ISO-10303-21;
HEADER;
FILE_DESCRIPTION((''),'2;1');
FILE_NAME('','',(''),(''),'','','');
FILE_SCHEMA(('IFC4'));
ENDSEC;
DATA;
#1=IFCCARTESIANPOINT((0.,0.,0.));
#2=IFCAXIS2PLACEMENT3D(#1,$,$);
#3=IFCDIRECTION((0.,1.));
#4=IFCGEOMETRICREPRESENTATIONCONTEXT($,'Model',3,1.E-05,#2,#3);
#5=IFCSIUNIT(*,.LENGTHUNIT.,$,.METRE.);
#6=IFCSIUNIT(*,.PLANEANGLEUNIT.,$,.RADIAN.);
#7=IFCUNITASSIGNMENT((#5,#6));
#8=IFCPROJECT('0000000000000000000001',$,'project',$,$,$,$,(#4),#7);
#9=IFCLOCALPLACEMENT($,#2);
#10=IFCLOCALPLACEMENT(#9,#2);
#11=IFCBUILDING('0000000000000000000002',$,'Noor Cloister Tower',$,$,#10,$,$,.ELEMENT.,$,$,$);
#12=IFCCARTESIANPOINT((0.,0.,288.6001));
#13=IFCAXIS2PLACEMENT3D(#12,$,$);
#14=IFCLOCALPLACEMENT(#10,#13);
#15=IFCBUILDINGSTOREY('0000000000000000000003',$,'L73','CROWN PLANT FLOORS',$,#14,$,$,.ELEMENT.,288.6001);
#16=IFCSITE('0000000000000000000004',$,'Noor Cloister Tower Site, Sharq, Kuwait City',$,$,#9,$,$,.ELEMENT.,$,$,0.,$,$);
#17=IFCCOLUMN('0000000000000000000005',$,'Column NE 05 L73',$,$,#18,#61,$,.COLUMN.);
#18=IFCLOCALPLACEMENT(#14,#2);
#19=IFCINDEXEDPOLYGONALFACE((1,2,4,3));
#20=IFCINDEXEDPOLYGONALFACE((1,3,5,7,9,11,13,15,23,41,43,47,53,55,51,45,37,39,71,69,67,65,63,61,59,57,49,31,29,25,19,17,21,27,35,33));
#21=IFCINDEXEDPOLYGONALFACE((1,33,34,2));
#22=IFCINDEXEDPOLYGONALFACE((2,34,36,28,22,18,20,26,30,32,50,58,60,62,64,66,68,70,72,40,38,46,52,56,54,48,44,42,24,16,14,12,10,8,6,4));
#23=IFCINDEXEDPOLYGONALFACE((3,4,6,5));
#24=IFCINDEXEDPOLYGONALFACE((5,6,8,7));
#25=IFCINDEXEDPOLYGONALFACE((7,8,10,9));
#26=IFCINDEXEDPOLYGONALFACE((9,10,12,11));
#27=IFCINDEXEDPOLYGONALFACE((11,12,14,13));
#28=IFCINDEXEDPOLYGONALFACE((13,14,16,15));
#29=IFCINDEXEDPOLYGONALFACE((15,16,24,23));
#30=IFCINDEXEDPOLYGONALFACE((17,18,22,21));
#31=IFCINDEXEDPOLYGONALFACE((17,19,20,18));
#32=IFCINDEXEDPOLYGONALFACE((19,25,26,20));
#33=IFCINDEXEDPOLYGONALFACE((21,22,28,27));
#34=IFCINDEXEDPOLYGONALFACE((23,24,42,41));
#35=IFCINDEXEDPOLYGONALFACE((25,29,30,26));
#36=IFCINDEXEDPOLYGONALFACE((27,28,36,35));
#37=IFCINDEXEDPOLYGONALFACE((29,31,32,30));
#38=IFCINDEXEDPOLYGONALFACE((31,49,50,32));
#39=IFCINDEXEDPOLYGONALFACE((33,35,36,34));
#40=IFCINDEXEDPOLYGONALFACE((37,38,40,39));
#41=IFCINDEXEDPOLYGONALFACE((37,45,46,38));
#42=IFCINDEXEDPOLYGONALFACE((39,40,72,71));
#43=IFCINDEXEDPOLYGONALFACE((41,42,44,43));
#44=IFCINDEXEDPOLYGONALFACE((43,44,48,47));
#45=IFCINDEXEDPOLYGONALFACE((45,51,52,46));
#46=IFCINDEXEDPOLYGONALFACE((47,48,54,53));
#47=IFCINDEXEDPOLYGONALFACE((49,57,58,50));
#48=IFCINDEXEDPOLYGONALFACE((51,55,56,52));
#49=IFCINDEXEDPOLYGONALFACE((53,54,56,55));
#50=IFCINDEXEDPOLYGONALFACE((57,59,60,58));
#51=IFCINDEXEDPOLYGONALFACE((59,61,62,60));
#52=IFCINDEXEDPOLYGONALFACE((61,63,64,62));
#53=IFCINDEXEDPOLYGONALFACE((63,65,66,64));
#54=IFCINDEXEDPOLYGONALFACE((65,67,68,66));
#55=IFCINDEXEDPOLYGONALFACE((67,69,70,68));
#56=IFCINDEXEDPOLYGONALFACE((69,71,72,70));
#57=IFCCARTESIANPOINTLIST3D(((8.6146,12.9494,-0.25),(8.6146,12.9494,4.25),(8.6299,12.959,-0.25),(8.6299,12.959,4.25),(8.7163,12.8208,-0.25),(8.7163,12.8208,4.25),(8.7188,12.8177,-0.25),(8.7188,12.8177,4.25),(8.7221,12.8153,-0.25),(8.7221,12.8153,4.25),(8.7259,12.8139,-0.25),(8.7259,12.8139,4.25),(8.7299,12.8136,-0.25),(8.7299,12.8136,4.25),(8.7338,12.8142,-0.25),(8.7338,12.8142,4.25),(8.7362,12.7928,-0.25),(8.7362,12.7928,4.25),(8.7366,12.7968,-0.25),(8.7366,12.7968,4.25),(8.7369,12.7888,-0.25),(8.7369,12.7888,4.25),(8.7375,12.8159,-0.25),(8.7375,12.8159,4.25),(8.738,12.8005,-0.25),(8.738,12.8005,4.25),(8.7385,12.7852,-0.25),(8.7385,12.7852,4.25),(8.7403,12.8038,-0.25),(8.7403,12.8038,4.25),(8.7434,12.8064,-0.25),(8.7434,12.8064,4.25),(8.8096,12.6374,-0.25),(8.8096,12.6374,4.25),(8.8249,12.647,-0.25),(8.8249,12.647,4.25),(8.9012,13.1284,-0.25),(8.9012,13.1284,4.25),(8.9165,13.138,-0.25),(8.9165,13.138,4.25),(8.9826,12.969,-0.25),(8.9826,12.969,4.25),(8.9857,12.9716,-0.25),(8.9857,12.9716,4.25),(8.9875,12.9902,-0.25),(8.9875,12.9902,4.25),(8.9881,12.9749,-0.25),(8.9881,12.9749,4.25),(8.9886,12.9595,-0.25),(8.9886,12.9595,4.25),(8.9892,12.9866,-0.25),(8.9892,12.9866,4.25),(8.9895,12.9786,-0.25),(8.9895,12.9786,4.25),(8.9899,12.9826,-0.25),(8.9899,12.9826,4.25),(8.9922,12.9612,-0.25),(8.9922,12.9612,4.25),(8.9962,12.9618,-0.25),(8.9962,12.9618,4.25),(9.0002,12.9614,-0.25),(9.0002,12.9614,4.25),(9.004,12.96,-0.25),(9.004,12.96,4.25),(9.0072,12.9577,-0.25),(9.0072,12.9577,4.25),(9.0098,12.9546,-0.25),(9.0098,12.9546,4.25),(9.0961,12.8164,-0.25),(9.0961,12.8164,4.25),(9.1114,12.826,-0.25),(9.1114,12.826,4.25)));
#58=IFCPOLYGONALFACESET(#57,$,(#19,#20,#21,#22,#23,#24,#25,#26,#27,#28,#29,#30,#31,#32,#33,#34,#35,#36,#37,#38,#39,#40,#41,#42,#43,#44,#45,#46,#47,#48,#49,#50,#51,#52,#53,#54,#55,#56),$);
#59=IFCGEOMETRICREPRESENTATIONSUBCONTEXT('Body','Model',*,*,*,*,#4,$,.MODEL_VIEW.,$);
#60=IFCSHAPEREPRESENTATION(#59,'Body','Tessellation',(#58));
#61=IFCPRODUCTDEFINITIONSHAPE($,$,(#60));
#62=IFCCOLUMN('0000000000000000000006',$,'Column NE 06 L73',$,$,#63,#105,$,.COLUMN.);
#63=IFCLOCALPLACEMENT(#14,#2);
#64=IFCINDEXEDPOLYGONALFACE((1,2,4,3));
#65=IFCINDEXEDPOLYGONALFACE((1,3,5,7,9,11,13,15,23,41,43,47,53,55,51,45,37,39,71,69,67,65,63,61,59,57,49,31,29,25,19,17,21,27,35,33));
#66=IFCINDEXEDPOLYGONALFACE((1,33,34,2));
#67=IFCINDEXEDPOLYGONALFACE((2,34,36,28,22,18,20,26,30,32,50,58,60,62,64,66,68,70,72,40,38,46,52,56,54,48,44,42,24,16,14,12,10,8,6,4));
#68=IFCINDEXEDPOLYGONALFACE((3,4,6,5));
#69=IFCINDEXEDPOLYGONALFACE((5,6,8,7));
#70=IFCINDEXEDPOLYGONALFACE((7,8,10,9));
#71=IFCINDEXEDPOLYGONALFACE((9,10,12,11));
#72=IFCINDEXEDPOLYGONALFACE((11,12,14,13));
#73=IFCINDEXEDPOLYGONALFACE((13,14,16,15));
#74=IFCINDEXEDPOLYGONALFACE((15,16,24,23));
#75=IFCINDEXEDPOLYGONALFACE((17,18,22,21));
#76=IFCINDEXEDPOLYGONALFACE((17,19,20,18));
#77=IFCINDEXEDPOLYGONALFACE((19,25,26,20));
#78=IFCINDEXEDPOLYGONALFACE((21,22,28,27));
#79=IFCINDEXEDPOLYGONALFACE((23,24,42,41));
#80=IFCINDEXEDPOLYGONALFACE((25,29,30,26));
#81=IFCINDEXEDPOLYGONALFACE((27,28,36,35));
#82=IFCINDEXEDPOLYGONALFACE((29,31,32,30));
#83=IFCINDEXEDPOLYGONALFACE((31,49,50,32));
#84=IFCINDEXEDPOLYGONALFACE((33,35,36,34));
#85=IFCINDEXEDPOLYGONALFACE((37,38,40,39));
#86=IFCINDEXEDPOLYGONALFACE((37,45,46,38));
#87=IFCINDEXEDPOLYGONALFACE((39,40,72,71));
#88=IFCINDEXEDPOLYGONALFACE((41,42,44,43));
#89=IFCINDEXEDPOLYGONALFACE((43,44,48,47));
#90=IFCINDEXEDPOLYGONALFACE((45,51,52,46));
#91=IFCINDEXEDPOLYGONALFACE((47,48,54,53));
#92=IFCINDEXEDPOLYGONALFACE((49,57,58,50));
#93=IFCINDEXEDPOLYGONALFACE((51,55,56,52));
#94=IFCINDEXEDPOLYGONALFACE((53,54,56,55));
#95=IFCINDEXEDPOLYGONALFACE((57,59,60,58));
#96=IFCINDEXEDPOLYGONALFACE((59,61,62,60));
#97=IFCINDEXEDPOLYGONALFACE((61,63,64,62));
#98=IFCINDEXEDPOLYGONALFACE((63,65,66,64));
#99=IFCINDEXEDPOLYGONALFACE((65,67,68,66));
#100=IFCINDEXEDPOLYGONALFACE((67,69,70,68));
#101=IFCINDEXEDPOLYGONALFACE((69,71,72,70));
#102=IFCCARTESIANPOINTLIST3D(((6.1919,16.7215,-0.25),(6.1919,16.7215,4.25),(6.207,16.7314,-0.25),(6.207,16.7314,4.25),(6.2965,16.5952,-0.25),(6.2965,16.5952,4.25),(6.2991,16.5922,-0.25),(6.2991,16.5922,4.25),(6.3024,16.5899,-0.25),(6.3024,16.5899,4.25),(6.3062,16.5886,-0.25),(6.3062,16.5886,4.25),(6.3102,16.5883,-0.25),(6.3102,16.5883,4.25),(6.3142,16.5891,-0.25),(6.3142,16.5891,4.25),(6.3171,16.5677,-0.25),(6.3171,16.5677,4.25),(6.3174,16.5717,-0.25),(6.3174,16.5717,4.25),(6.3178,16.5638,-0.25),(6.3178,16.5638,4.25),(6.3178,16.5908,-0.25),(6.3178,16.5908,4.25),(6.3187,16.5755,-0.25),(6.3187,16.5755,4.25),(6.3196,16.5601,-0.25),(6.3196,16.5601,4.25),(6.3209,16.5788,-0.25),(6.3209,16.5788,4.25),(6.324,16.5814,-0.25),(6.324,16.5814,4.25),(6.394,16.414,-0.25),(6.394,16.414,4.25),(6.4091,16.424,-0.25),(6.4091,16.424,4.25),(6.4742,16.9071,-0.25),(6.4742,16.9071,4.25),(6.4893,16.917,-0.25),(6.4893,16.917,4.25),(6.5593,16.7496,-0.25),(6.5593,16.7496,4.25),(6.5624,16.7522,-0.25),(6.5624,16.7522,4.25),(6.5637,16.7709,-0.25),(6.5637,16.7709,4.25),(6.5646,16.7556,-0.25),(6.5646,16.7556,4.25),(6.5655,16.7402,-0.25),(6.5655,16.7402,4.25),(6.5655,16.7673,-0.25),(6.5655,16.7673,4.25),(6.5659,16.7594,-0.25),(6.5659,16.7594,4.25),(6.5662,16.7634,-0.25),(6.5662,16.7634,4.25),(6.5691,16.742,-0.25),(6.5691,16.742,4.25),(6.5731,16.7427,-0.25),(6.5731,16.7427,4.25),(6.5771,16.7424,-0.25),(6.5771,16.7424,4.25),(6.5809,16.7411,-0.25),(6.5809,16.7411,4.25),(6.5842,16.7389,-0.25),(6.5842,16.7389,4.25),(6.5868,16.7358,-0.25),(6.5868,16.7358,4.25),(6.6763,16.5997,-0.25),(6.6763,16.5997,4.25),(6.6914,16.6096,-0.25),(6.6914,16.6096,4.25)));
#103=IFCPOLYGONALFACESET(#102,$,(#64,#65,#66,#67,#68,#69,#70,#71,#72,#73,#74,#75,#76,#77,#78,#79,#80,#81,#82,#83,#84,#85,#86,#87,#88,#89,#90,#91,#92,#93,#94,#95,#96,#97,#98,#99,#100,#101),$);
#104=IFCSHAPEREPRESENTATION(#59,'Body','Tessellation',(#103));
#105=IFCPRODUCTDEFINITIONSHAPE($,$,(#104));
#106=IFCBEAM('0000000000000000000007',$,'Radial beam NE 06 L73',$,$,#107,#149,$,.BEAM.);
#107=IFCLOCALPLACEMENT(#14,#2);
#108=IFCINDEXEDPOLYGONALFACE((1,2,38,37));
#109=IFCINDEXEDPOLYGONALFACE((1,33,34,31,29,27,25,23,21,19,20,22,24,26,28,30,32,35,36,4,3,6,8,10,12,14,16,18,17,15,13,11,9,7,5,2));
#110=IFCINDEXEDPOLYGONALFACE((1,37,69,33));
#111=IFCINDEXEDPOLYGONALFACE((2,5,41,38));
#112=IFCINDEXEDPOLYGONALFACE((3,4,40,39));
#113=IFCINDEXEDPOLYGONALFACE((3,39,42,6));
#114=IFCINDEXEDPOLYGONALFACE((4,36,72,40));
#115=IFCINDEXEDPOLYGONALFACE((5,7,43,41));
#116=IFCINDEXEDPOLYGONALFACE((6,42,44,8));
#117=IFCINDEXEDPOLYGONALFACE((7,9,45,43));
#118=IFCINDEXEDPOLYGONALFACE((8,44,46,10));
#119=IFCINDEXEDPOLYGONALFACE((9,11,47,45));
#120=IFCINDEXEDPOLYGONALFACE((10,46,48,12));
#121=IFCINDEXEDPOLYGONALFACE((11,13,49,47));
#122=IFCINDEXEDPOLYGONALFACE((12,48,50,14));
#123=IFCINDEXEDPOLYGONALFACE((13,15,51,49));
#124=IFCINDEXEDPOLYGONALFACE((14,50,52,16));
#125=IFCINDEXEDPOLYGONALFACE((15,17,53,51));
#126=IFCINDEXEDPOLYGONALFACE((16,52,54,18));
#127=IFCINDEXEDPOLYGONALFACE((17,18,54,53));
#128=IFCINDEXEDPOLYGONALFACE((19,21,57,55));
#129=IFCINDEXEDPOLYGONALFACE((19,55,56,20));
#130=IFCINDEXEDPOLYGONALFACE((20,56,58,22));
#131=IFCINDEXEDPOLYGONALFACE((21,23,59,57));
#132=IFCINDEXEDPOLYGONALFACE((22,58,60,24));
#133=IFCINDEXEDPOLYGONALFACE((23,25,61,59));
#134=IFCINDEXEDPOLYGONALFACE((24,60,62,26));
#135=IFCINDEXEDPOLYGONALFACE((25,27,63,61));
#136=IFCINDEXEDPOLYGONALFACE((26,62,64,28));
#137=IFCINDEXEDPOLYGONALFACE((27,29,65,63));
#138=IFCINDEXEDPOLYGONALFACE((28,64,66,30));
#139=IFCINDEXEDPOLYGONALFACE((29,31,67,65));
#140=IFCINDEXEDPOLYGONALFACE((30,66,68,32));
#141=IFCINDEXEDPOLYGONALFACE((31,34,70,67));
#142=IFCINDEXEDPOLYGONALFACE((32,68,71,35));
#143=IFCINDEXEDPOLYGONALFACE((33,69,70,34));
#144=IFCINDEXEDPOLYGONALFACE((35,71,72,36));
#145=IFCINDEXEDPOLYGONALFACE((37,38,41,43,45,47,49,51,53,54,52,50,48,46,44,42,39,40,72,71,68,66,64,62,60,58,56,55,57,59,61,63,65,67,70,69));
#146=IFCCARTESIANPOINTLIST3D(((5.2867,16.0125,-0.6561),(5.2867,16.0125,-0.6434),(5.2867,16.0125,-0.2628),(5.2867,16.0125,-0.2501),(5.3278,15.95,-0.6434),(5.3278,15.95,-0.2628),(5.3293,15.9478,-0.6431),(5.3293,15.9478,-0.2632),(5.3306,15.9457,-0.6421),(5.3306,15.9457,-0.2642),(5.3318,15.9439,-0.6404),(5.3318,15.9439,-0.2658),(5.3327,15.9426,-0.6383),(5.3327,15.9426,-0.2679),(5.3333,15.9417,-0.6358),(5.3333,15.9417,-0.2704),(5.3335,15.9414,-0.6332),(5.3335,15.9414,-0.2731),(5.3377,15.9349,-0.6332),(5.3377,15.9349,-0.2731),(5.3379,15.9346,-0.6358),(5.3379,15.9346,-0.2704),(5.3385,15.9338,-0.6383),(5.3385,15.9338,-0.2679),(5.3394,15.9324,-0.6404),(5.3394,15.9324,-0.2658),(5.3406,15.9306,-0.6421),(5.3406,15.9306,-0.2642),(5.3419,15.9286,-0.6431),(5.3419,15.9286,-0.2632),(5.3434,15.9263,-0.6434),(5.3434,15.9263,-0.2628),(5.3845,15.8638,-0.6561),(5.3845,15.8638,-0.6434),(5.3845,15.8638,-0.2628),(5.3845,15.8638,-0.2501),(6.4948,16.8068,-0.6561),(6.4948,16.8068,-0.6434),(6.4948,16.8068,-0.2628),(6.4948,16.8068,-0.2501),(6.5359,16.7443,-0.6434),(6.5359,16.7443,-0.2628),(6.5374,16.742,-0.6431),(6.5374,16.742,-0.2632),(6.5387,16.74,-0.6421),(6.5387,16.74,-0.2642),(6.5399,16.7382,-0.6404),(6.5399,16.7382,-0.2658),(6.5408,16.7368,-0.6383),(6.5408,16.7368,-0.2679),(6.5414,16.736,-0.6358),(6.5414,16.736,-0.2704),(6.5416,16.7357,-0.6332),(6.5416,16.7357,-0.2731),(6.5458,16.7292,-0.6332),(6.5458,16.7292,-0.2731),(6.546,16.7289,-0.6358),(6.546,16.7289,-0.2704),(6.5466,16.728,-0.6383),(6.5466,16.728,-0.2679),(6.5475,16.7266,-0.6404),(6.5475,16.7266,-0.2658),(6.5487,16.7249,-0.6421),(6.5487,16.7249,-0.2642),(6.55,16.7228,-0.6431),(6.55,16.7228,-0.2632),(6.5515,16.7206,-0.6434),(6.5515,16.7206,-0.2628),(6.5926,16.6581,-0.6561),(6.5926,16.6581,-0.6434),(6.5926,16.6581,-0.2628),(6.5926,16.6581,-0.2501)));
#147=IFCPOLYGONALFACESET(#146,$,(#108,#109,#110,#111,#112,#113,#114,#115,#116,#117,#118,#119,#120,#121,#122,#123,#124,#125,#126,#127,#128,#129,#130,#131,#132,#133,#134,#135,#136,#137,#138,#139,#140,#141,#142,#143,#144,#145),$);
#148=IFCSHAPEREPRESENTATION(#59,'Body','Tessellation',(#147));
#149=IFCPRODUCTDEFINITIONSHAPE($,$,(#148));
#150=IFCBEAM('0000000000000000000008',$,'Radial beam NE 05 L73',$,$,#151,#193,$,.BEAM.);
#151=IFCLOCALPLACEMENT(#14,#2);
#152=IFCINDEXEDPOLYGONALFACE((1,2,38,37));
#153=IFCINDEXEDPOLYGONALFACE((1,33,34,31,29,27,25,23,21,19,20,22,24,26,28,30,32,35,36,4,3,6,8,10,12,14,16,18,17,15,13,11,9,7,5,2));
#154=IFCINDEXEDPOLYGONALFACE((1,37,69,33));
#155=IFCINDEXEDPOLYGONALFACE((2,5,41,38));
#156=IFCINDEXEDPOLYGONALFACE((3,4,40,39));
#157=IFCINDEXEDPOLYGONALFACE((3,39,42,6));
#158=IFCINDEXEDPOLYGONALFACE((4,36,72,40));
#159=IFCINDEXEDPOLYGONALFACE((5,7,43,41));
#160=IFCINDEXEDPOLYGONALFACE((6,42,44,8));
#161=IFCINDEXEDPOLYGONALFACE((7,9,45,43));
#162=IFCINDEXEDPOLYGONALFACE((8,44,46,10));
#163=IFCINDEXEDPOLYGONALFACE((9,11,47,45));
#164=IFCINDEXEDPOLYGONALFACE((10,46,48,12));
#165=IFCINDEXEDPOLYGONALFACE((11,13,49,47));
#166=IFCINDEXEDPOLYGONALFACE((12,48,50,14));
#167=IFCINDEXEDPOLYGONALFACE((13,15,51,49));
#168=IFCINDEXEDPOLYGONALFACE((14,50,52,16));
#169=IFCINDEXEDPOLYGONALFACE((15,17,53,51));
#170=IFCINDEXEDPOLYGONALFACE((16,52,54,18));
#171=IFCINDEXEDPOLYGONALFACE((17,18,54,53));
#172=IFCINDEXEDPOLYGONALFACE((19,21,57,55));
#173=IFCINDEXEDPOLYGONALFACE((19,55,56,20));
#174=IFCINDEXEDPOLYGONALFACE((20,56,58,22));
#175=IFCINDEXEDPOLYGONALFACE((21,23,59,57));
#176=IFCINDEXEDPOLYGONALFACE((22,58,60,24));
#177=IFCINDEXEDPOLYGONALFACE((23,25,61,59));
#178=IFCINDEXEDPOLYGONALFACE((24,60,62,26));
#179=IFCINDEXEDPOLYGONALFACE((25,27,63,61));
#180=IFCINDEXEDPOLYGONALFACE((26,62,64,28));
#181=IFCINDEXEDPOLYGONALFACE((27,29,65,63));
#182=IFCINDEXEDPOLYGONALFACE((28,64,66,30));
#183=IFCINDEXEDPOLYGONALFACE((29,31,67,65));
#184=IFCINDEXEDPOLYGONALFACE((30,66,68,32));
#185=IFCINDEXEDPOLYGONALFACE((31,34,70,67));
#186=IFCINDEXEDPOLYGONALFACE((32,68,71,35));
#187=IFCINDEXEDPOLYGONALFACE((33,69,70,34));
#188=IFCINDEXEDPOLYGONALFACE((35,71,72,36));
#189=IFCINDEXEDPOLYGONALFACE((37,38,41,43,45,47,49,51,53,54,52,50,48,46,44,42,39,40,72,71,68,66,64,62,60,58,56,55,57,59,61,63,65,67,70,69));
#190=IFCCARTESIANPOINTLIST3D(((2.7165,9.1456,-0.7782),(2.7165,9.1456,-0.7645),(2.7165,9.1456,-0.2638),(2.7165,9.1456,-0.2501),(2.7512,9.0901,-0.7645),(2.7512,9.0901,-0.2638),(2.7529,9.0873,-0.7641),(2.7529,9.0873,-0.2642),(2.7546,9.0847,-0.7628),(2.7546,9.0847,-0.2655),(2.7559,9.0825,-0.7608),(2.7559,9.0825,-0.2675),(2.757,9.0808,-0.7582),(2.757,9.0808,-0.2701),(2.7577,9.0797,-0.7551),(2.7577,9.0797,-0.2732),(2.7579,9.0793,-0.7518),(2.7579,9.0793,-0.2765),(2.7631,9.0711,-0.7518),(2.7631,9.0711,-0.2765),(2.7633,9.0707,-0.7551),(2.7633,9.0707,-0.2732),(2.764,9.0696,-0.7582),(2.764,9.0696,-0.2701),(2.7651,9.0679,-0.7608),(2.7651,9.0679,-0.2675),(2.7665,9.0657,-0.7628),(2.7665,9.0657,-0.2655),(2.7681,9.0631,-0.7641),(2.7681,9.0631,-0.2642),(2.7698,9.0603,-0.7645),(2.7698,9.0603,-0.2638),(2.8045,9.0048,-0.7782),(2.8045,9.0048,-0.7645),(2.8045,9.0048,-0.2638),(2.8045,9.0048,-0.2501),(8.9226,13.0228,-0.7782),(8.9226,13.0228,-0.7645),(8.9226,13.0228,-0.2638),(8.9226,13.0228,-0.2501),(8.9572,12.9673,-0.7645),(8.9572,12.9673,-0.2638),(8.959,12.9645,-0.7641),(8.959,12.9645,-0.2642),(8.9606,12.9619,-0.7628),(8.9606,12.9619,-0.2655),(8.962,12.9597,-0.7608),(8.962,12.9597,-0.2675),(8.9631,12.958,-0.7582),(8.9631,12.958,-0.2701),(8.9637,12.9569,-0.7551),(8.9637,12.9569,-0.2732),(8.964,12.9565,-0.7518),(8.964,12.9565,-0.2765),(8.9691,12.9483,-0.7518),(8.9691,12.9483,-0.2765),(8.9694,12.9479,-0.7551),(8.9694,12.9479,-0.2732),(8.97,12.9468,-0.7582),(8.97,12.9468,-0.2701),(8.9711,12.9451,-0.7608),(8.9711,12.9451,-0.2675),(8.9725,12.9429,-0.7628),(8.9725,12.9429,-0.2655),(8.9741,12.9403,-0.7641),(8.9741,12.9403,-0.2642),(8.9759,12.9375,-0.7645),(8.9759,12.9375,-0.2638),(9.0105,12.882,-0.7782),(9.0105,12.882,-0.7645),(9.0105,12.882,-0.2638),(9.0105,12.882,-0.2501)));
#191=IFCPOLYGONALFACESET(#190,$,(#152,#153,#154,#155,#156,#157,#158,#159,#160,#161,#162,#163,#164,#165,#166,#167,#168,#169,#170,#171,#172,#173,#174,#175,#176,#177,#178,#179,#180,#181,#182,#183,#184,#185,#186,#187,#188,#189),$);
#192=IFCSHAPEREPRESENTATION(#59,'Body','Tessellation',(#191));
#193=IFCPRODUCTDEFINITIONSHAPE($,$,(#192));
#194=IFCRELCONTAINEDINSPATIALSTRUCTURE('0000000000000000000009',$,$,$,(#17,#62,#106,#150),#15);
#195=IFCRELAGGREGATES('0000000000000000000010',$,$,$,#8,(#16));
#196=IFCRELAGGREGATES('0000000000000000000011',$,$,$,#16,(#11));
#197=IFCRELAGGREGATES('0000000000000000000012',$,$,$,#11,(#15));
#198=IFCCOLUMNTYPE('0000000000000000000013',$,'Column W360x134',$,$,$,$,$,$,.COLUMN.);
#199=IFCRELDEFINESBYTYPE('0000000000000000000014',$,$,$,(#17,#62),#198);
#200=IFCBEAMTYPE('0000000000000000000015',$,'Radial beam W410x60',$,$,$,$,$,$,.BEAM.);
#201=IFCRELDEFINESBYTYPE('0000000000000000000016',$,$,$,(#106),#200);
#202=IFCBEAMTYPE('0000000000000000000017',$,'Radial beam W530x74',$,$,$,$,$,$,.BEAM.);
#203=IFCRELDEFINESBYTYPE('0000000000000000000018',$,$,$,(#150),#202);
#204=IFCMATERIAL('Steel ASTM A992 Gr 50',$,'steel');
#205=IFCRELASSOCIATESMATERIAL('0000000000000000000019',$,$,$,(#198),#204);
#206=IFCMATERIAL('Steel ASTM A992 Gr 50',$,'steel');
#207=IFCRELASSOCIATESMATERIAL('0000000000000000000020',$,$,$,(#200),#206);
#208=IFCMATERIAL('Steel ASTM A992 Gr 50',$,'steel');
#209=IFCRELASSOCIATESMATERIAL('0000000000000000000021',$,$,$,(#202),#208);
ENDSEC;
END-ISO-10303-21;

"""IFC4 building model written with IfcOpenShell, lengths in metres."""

from ifc_helpers import new_model, si_unit, direction, frame, origin, origin_2d, place, context, subcontext, project, spatial, i_section, extrude, material, material_profile, profile_set, type_object, element, save


model = new_model("IFC4")

# Units and contexts
model_context = context("Model", 3, precision=1e-05, world=origin(), true_north=direction((0.0, 1.0)))
body_context = subcontext(model_context, "Body", "Model", "MODEL_VIEW")
ifc_project = project(units=[si_unit("LENGTHUNIT", "METRE"), si_unit("PLANEANGLEUNIT", "RADIAN")], contexts=[model_context])

# Site, building, storey
site_placement = place(None, origin())
site = spatial("IfcSite", under=ifc_project, at=site_placement, Name="Noor Cloister Tower Site, Sharq, Kuwait City", CompositionType="ELEMENT", RefElevation=0.0)
building_placement = place(site_placement, origin())
building = spatial("IfcBuilding", under=site, at=building_placement, Name="Noor Cloister Tower", CompositionType="ELEMENT")
storey_placement = place(building_placement, frame((0.0, 0.0, 288.6001)))
storey = spatial("IfcBuildingStorey", under=building, at=storey_placement, Name="L73", Description="CROWN PLANT FLOORS", CompositionType="ELEMENT", Elevation=288.6001)

# Columns
ifc_material_1 = material(Name="Steel ASTM A992 Gr 50", Category="steel")
ifc_material_profile_1 = material_profile(ifc_material_1, i_section(OverallWidth=0.3679, OverallDepth=0.356, WebThickness=0.0112, FlangeThickness=0.0181, FilletRadius=0.0154, at=origin_2d()), Name="W360x134")
ifc_profile_set_1 = profile_set([ifc_material_profile_1], Name="Steel ASTM A992 Gr 50")
column_type = type_object("IfcColumnType", Name="Column W360x134", PredefinedType="COLUMN", material=ifc_profile_set_1)
for number, where, z_axis, x_axis, name in (
    (1, (8.863, 12.8877, -0.25), (0.0, 0.0, 1.0), (-0.529819, 0.848111, 0.0), "Column NE 05 L73"),
    (2, (6.4417, 16.6655, -0.25), (0.0, 0.0, 1.0), (-0.549345, 0.835596, 0.0), "Column NE 06 L73"),
):
    element("IfcColumn", number, at=place(storey_placement, frame(where, z_axis=z_axis, x_axis=x_axis)), inside=storey, type_object=column_type, Name=name, PredefinedType="COLUMN", context=body_context, shape_type="SweptSolid", body=[
        extrude(i_section(OverallWidth=0.3679, OverallDepth=0.356, WebThickness=0.0112, FlangeThickness=0.0181, FilletRadius=0.0154, at=origin_2d()), origin(), (0.0, 0.0, 1.0), 4.5),
    ])

# Beams
ifc_material_2 = material(Name="Steel ASTM A992 Gr 50", Category="steel")
ifc_material_profile_2 = material_profile(ifc_material_2, i_section(OverallWidth=0.178, OverallDepth=0.406, WebThickness=0.0078, FlangeThickness=0.0127, FilletRadius=0.0103, at=origin_2d()), Name="W410x60")
ifc_profile_set_2 = profile_set([ifc_material_profile_2], Name="Steel ASTM A992 Gr 50")
beam_type_1 = type_object("IfcBeamType", Name="Radial beam W410x60", PredefinedType="BEAM", material=ifc_profile_set_2)
beam_1_placement = place(storey_placement, frame((6.5437, 16.7324, -0.4531), z_axis=(-0.835593, -0.54935, 0.0), x_axis=(0.54935, -0.835593, 0.0)))
element("IfcBeam", 3, at=beam_1_placement, inside=storey, type_object=beam_type_1, Name="Radial beam NE 06 L73", PredefinedType="BEAM", context=body_context, shape_type="SweptSolid", body=[
    extrude(i_section(OverallWidth=0.178, OverallDepth=0.406, WebThickness=0.0078, FlangeThickness=0.0127, FilletRadius=0.0103, at=origin_2d()), origin(), (0.0, 0.0, 1.0), 1.4458),
])
ifc_material_3 = material(Name="Steel ASTM A992 Gr 50", Category="steel")
ifc_material_profile_3 = material_profile(ifc_material_3, i_section(OverallWidth=0.166, OverallDepth=0.5281, WebThickness=0.0098, FlangeThickness=0.0137, FilletRadius=0.0127, at=origin_2d()), Name="W530x74")
ifc_profile_set_3 = profile_set([ifc_material_profile_3], Name="Steel ASTM A992 Gr 50")
beam_type_2 = type_object("IfcBeamType", Name="Radial beam W530x74", PredefinedType="BEAM", material=ifc_profile_set_3)
beam_2_placement = place(storey_placement, frame((8.9666, 12.9524, -0.5142), z_axis=(-0.848096, -0.529843, 0.0), x_axis=(0.529843, -0.848096, 0.0)))
element("IfcBeam", 4, at=beam_2_placement, inside=storey, type_object=beam_type_2, Name="Radial beam NE 05 L73", PredefinedType="BEAM", context=body_context, shape_type="SweptSolid", body=[
    extrude(i_section(OverallWidth=0.166, OverallDepth=0.5281, WebThickness=0.0098, FlangeThickness=0.0137, FilletRadius=0.0127, at=origin_2d()), origin(), (0.0, 0.0, 1.0), 7.3176),
])

save(model, "model.ifc")
